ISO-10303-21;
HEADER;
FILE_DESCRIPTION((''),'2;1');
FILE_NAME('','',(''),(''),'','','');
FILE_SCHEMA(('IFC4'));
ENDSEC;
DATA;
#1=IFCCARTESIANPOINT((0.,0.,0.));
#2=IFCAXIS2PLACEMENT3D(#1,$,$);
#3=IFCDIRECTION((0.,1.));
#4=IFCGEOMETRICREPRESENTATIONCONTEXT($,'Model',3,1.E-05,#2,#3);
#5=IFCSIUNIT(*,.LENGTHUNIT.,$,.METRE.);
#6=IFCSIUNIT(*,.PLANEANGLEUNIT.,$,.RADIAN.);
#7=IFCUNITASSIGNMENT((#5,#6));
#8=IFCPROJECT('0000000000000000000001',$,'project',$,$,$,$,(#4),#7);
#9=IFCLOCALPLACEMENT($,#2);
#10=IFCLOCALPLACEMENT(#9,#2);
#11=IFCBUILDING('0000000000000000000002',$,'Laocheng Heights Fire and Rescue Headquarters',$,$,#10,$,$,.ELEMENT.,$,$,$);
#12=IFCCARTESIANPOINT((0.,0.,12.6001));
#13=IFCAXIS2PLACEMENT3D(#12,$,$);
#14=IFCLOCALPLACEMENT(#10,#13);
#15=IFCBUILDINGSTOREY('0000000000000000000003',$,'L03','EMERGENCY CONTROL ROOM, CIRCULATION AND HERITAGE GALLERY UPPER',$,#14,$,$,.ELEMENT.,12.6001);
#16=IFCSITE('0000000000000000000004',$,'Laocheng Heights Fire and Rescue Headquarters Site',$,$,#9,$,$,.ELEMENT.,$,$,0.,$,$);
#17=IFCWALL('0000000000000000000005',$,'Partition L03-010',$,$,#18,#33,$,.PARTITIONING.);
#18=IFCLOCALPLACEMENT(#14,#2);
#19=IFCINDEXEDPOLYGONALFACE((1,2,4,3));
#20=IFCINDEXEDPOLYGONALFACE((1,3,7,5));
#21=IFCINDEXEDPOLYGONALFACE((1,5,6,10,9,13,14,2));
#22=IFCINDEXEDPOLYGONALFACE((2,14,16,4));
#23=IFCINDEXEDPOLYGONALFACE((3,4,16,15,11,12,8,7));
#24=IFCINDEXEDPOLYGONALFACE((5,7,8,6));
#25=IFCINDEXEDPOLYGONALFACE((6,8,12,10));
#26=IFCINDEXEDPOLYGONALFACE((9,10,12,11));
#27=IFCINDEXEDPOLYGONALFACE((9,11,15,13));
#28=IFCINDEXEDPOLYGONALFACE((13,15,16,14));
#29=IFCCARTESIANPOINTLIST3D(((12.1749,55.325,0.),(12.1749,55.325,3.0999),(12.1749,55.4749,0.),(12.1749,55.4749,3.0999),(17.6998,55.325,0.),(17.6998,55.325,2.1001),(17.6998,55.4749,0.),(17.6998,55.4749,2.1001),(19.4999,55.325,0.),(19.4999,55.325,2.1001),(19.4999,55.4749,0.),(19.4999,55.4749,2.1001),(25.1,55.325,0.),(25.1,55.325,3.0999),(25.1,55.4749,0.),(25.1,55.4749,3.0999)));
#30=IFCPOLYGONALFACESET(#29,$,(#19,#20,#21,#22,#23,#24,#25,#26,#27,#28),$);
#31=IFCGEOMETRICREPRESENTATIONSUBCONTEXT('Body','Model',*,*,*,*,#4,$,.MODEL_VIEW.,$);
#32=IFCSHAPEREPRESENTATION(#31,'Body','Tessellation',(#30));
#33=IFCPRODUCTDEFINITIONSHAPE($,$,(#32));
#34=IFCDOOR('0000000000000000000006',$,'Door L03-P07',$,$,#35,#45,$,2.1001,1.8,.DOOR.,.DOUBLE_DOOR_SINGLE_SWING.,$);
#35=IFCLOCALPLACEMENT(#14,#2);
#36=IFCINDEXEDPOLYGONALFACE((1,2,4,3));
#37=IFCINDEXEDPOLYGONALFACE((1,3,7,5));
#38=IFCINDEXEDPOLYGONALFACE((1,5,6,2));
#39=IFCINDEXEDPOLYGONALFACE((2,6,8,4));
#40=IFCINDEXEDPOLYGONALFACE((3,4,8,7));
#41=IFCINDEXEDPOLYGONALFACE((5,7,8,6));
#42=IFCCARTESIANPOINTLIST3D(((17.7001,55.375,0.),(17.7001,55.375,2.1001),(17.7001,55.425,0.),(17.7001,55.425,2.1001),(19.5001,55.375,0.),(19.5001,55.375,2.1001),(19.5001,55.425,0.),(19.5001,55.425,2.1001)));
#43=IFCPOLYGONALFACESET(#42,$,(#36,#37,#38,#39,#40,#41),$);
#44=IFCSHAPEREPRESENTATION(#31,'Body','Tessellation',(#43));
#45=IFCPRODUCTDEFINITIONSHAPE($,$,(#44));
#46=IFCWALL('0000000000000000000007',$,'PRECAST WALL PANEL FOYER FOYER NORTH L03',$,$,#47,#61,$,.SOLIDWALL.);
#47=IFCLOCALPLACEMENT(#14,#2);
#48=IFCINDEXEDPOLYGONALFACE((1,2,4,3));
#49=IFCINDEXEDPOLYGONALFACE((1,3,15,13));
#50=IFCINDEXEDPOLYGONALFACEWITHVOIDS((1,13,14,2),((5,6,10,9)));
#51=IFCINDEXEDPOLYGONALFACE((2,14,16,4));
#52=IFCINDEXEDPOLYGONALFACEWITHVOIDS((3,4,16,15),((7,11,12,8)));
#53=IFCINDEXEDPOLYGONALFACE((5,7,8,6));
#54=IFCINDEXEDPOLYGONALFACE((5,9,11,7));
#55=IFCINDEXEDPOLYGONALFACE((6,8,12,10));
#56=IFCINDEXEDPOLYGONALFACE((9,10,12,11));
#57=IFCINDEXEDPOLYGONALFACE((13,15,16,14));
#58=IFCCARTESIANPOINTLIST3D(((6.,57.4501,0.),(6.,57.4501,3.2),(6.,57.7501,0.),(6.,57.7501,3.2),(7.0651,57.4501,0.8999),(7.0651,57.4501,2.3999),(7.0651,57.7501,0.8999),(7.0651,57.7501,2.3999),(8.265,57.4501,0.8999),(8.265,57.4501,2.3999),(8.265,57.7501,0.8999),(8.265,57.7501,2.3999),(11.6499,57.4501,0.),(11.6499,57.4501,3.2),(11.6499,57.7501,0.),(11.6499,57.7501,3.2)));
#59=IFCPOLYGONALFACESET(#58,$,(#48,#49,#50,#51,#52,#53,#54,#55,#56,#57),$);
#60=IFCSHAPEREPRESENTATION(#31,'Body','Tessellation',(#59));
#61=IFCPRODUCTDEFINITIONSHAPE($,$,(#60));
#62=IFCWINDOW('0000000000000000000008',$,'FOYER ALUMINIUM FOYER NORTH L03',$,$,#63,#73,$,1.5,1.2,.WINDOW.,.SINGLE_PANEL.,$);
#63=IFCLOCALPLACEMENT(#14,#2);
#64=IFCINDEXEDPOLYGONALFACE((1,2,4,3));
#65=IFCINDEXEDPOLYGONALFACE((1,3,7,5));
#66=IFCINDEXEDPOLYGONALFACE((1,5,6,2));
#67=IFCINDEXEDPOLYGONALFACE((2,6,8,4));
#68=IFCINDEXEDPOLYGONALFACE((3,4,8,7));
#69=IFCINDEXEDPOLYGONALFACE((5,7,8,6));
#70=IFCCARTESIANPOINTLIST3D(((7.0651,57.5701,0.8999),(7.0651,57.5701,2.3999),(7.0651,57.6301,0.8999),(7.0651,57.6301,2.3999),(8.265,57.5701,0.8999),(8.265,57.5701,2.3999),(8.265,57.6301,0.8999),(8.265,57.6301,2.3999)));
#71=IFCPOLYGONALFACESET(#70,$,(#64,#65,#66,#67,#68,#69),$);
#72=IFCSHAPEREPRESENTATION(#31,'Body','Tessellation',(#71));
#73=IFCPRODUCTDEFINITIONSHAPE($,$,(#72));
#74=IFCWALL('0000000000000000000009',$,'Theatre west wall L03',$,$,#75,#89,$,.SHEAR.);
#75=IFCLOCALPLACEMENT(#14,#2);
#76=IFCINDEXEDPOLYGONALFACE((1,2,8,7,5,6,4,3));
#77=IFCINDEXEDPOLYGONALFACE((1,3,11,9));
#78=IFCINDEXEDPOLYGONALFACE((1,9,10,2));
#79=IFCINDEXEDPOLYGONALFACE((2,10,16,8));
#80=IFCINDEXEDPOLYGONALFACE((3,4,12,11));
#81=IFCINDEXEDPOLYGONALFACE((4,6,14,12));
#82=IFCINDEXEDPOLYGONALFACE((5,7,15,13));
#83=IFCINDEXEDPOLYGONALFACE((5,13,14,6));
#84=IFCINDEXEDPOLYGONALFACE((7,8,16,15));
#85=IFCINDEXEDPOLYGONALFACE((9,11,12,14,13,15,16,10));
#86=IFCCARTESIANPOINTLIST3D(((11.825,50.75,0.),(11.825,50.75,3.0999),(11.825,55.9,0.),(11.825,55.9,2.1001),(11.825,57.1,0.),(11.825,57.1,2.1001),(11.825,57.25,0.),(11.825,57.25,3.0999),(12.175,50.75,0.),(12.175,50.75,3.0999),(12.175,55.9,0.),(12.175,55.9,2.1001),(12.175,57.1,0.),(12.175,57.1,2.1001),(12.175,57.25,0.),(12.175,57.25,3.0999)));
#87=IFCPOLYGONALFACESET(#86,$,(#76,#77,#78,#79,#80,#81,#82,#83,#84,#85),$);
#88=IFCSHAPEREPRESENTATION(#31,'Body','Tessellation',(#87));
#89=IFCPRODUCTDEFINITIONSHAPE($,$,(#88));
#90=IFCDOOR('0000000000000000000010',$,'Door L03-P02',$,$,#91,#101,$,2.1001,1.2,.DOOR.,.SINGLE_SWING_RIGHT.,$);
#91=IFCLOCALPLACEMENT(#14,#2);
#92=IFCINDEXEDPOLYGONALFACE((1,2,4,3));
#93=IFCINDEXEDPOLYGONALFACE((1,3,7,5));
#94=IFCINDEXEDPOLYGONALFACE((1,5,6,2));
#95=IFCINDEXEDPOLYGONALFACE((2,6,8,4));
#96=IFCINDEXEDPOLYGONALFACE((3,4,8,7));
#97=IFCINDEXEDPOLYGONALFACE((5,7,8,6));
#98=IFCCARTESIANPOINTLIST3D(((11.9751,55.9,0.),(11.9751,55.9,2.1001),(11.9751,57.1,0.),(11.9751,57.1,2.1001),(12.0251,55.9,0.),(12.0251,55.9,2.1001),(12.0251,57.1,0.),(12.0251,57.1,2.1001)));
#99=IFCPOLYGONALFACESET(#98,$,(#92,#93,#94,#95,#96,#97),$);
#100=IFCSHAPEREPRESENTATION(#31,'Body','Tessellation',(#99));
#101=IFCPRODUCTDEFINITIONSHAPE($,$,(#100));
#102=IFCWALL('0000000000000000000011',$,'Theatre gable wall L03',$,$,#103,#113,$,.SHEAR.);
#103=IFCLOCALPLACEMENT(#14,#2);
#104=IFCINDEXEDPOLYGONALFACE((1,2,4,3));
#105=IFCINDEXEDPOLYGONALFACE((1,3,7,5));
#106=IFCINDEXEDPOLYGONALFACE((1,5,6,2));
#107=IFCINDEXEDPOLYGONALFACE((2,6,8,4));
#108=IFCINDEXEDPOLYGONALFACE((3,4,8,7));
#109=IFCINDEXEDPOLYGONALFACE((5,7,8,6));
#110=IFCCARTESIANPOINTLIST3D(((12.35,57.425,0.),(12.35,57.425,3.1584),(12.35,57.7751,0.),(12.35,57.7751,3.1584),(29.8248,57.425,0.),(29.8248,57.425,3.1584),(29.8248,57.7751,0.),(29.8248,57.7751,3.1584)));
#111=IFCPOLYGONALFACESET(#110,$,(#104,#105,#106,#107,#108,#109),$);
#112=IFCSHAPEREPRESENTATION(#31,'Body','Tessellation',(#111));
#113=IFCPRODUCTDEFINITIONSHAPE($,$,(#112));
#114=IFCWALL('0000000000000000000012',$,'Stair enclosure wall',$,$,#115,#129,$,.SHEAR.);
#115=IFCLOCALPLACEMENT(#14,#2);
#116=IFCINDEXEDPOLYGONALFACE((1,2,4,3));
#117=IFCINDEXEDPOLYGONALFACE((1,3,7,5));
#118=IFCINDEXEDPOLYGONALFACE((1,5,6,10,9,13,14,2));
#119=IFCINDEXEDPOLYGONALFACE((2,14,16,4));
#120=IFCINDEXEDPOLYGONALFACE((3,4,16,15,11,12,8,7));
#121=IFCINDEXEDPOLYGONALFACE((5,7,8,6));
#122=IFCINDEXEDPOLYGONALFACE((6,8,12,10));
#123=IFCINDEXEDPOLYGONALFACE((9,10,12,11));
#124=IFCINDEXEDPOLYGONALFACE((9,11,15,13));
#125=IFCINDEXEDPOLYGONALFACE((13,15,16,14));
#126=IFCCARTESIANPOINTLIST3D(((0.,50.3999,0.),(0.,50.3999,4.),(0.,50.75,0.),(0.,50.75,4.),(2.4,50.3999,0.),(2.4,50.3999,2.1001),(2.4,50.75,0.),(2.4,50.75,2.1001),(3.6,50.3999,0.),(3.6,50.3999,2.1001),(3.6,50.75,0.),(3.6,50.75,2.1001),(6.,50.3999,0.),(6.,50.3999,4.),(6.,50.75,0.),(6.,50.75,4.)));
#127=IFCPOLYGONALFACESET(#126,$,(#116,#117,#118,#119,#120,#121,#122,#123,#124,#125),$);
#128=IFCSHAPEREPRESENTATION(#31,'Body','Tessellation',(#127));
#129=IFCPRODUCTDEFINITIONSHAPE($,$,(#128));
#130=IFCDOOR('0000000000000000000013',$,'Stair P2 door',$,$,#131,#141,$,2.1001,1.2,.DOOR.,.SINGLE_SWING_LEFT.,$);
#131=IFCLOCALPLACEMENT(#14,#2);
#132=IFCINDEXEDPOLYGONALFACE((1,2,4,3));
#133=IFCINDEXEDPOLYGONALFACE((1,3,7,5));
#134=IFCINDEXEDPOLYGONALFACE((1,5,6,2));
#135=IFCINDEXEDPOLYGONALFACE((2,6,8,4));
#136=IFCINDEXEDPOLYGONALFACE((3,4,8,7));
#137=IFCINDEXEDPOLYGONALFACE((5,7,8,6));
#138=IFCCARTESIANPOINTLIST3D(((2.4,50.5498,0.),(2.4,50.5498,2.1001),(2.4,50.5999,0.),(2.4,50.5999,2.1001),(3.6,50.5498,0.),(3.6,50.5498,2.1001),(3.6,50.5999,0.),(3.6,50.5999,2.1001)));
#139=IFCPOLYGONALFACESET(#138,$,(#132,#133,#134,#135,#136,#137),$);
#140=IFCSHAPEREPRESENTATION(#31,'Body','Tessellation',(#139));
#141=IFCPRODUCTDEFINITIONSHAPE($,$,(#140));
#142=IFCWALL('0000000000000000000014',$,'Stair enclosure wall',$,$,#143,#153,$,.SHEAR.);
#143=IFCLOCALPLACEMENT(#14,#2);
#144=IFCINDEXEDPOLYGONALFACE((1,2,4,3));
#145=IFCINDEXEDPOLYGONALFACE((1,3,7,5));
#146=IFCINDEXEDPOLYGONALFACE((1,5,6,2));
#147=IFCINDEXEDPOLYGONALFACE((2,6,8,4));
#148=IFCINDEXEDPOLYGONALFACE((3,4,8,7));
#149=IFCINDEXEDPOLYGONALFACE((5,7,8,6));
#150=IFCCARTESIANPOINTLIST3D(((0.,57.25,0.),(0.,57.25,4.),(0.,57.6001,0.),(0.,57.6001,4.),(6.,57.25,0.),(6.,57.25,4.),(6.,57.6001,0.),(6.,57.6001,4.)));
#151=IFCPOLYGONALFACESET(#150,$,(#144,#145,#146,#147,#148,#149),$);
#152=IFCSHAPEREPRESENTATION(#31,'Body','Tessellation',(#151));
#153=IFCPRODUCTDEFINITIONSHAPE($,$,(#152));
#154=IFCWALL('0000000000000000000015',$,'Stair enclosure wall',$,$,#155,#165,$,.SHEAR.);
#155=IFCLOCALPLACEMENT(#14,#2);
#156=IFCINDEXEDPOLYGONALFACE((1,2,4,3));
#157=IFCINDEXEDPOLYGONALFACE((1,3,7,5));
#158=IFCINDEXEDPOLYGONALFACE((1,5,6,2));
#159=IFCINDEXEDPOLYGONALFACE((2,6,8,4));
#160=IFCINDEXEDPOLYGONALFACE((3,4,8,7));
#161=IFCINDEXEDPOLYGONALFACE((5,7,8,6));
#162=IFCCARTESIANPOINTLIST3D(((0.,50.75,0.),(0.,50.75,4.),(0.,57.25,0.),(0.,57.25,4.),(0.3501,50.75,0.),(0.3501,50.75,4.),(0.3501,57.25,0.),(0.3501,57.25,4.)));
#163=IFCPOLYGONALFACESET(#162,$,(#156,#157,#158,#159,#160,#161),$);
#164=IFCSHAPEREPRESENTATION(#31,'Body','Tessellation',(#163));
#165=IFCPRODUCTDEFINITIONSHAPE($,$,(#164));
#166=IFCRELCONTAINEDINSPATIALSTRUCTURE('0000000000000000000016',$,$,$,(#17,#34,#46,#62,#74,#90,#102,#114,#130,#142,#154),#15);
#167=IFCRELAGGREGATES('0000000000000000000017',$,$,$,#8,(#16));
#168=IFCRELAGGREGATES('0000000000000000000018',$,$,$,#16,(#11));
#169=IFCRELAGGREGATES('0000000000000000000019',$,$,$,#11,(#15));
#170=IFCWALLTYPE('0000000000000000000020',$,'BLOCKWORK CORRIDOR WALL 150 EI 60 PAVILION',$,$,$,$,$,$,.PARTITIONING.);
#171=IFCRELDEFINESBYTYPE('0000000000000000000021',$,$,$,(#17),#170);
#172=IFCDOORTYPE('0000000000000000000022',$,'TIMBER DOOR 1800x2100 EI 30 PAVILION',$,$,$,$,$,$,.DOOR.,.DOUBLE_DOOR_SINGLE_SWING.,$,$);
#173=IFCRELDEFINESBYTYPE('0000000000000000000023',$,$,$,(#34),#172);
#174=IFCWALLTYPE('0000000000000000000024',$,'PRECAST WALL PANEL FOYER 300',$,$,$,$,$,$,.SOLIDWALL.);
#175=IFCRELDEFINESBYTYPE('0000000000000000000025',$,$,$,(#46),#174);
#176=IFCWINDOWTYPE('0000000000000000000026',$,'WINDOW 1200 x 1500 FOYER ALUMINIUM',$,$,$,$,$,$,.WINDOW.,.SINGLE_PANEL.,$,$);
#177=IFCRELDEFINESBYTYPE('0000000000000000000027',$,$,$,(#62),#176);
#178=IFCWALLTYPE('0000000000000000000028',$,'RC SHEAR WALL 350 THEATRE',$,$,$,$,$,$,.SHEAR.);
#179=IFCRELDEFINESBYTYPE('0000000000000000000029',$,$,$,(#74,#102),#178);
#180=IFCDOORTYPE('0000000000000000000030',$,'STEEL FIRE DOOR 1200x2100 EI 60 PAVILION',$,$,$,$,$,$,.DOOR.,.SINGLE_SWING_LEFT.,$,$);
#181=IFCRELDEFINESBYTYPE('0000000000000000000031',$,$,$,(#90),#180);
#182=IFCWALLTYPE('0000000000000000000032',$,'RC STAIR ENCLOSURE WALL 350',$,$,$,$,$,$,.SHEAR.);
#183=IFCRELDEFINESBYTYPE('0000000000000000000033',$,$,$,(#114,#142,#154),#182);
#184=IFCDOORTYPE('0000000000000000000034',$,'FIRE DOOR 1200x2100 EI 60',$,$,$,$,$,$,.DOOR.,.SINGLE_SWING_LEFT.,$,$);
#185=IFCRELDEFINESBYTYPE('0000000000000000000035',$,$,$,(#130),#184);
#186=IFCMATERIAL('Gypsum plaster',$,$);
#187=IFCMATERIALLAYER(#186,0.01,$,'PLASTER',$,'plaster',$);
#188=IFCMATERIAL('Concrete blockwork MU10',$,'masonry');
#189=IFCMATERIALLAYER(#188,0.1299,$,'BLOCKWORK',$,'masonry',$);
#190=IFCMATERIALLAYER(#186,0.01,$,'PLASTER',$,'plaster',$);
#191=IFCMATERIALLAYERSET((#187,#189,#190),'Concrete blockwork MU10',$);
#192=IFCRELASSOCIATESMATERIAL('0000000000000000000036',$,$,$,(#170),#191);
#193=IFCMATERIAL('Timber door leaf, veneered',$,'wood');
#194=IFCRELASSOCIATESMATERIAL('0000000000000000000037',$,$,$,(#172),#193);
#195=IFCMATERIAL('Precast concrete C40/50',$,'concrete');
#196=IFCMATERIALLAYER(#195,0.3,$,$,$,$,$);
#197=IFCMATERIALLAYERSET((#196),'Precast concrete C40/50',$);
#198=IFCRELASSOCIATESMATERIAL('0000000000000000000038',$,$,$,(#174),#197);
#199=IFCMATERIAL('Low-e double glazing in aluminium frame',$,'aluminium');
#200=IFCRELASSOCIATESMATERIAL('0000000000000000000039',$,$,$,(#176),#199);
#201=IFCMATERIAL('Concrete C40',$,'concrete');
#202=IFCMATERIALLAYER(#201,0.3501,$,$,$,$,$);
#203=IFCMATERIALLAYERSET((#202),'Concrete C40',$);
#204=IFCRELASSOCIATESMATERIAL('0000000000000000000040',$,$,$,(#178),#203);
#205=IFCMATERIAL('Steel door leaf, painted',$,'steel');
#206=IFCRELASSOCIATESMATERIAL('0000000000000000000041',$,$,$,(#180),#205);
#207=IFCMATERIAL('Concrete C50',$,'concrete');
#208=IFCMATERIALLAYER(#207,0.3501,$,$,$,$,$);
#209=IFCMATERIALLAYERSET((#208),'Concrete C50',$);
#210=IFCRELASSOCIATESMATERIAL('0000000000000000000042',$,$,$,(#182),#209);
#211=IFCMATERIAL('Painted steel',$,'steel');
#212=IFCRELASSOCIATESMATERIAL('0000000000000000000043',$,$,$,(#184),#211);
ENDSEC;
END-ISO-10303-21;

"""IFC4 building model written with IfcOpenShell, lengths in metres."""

from ifc_helpers import new_model, si_unit, direction, frame, frame_2d, origin, place, context, subcontext, project, spatial, rectangle, extrude, material, layer, layer_set, type_object, element, fill, save


model = new_model("IFC4")

# Units and contexts
model_context = context("Model", 3, precision=1e-05, world=origin(), true_north=direction((0.0, 1.0)))
body_context = subcontext(model_context, "Body", "Model", "MODEL_VIEW")
ifc_project = project(units=[si_unit("LENGTHUNIT", "METRE"), si_unit("PLANEANGLEUNIT", "RADIAN")], contexts=[model_context])

# Site, building, storey
site_placement = place(None, origin())
site = spatial("IfcSite", under=ifc_project, at=site_placement, Name="Laocheng Heights Fire and Rescue Headquarters Site", CompositionType="ELEMENT", RefElevation=0.0)
building_placement = place(site_placement, origin())
building = spatial("IfcBuilding", under=site, at=building_placement, Name="Laocheng Heights Fire and Rescue Headquarters", CompositionType="ELEMENT")
storey_placement = place(building_placement, frame((0.0, 0.0, 12.6001)))
storey = spatial("IfcBuildingStorey", under=building, at=storey_placement, Name="L03", Description="EMERGENCY CONTROL ROOM, CIRCULATION AND HERITAGE GALLERY UPPER", CompositionType="ELEMENT", Elevation=12.6001)

# Shared definitions
ifc_material_1 = material(Name="Gypsum plaster")
ifc_layer_1 = layer(ifc_material_1, 0.01, Name="PLASTER", Category="plaster")
ifc_material_2 = material(Name="Concrete blockwork MU10", Category="masonry")
ifc_layer_2 = layer(ifc_material_2, 0.1299, Name="BLOCKWORK", Category="masonry")
ifc_layer_3 = layer(ifc_material_1, 0.01, Name="PLASTER", Category="plaster")
ifc_layer_set_1 = layer_set([ifc_layer_1, ifc_layer_2, ifc_layer_3], Name="Concrete blockwork MU10")
wall_type_1 = type_object("IfcWallType", Name="BLOCKWORK CORRIDOR WALL 150 EI 60 PAVILION", PredefinedType="PARTITIONING", material=ifc_layer_set_1)

# Wall, opening, door
wall_1_placement = place(storey_placement, frame((12.175, 55.3999, 0.0), z_axis=(0.0, 0.0, 1.0), x_axis=(1.0, 0.0, 0.0)))
wall_1 = element("IfcWall", 1, at=wall_1_placement, inside=storey, type_object=wall_type_1, Name="Partition L03-010", PredefinedType="PARTITIONING", context=body_context, shape_type="SweptSolid", body=[
    extrude(rectangle(XDim=12.925, YDim=0.1499, at=frame_2d((6.4624, 0.0))), origin(), (0.0, 0.0, 1.0), 3.0999),
])
opening_1_placement = place(wall_1_placement, frame((5.5249, 0.0, 0.0)))
opening_1 = element("IfcOpeningElement", 2, at=opening_1_placement, cuts=wall_1, PredefinedType="OPENING", context=body_context, shape_type="SweptSolid", body=[
    extrude(rectangle(XDim=1.8, YDim=2.1001, at=frame_2d((0.8999, 1.05))), frame((0.0, 0.085, 0.0), z_axis=(0.0, -1.0, 0.0), x_axis=(1.0, 0.0, 0.0)), (0.0, 0.0, 1.0), 0.1699),
])
ifc_material_3 = material(Name="Timber door leaf, veneered", Category="wood")
door_type_1 = type_object("IfcDoorType", Name="TIMBER DOOR 1800x2100 EI 30 PAVILION", OperationType="DOUBLE_DOOR_SINGLE_SWING", PredefinedType="DOOR", material=ifc_material_3)
door_1_placement = place(opening_1_placement, frame((1.8, 0.0, 0.0), z_axis=(0.0, 0.0, 1.0), x_axis=(-1.0, 0.0, 0.0)))
door_1 = element("IfcDoor", 3, at=door_1_placement, inside=storey, type_object=door_type_1, Name="Door L03-P07", OperationType="DOUBLE_DOOR_SINGLE_SWING", OverallHeight=2.1001, OverallWidth=1.8, PredefinedType="DOOR", context=body_context, shape_type="SweptSolid", body=[
    extrude(rectangle(XDim=1.8, YDim=2.1001, at=frame_2d((0.8999, 1.05))), frame((0.0, 0.0249, 0.0), z_axis=(0.0, -1.0, 0.0), x_axis=(1.0, 0.0, 0.0)), (0.0, 0.0, 1.0), 0.05),
])
fill(opening_1, door_1)

# Wall, opening, window
ifc_material_4 = material(Name="Precast concrete C40/50", Category="concrete")
ifc_layer_4 = layer(ifc_material_4, 0.3)
ifc_layer_set_2 = layer_set([ifc_layer_4], Name="Precast concrete C40/50")
wall_type_2 = type_object("IfcWallType", Name="PRECAST WALL PANEL FOYER 300", PredefinedType="SOLIDWALL", material=ifc_layer_set_2)
wall_2_placement = place(storey_placement, frame((6.0, 57.6001, 0.0), z_axis=(0.0, 0.0, 1.0), x_axis=(1.0, 0.0, 0.0)))
wall_2 = element("IfcWall", 4, at=wall_2_placement, inside=storey, type_object=wall_type_2, Name="PRECAST WALL PANEL FOYER FOYER NORTH L03", PredefinedType="SOLIDWALL", context=body_context, shape_type="SweptSolid", body=[
    extrude(rectangle(XDim=5.6499, YDim=0.3, at=frame_2d((2.825, 0.0))), origin(), (0.0, 0.0, 1.0), 3.2),
])
opening_2_placement = place(wall_2_placement, frame((1.0649, 0.0, 0.8999)))
opening_2 = element("IfcOpeningElement", 5, at=opening_2_placement, cuts=wall_2, PredefinedType="OPENING", context=body_context, shape_type="SweptSolid", body=[
    extrude(rectangle(XDim=1.2, YDim=1.5, at=frame_2d((0.6001, 0.75))), frame((0.0, 0.1599, 0.0), z_axis=(0.0, -1.0, 0.0), x_axis=(1.0, 0.0, 0.0)), (0.0, 0.0, 1.0), 0.3201),
])
ifc_material_5 = material(Name="Low-e double glazing in aluminium frame", Category="aluminium")
window_type = type_object("IfcWindowType", Name="WINDOW 1200 x 1500 FOYER ALUMINIUM", PartitioningType="SINGLE_PANEL", PredefinedType="WINDOW", material=ifc_material_5)
window_placement = place(opening_2_placement, origin())
window = element("IfcWindow", 6, at=window_placement, inside=storey, type_object=window_type, Name="FOYER ALUMINIUM FOYER NORTH L03", OverallHeight=1.5, OverallWidth=1.2, PartitioningType="SINGLE_PANEL", PredefinedType="WINDOW", context=body_context, shape_type="SweptSolid", body=[
    extrude(rectangle(XDim=1.2, YDim=1.5, at=frame_2d((0.6001, 0.75))), frame((0.0, 0.03, 0.0), z_axis=(0.0, -1.0, 0.0), x_axis=(1.0, 0.0, 0.0)), (0.0, 0.0, 1.0), 0.0601),
])
fill(opening_2, window)

# Wall, opening, door
ifc_material_6 = material(Name="Concrete C40", Category="concrete")
ifc_layer_5 = layer(ifc_material_6, 0.3501)
ifc_layer_set_3 = layer_set([ifc_layer_5], Name="Concrete C40")
wall_type_3 = type_object("IfcWallType", Name="RC SHEAR WALL 350 THEATRE", PredefinedType="SHEAR", material=ifc_layer_set_3)
wall_3_placement = place(storey_placement, frame((12.0, 50.75, 0.0), z_axis=(0.0, 0.0, 1.0), x_axis=(0.0, 1.0, 0.0)))
wall_3 = element("IfcWall", 7, at=wall_3_placement, inside=storey, type_object=wall_type_3, Name="Theatre west wall L03", PredefinedType="SHEAR", context=body_context, shape_type="SweptSolid", body=[
    extrude(rectangle(XDim=6.5, YDim=0.3501, at=frame_2d((3.25, 0.0))), origin(), (0.0, 0.0, 1.0), 3.0999),
])
opening_3_placement = place(wall_3_placement, frame((5.1499, 0.0, 0.0)))
opening_3 = element("IfcOpeningElement", 8, at=opening_3_placement, cuts=wall_3, PredefinedType="OPENING", context=body_context, shape_type="SweptSolid", body=[
    extrude(rectangle(XDim=1.2, YDim=2.1001, at=frame_2d((0.6001, 1.05))), frame((0.0, 0.1851, 0.0), z_axis=(0.0, -1.0, 0.0), x_axis=(1.0, 0.0, 0.0)), (0.0, 0.0, 1.0), 0.3701),
])
ifc_material_7 = material(Name="Steel door leaf, painted", Category="steel")
door_type_2 = type_object("IfcDoorType", Name="STEEL FIRE DOOR 1200x2100 EI 60 PAVILION", OperationType="SINGLE_SWING_LEFT", PredefinedType="DOOR", material=ifc_material_7)
door_2_placement = place(opening_3_placement, origin())
door_2 = element("IfcDoor", 9, at=door_2_placement, inside=storey, type_object=door_type_2, Name="Door L03-P02", OperationType="SINGLE_SWING_RIGHT", OverallHeight=2.1001, OverallWidth=1.2, PredefinedType="DOOR", context=body_context, shape_type="SweptSolid", body=[
    extrude(rectangle(XDim=1.2, YDim=2.1001, at=frame_2d((0.6001, 1.05))), frame((0.0, 0.0249, 0.0), z_axis=(0.0, -1.0, 0.0), x_axis=(1.0, 0.0, 0.0)), (0.0, 0.0, 1.0), 0.05),
])
fill(opening_3, door_2)

# Wall
wall_4_placement = place(storey_placement, frame((12.3501, 57.6001, 0.0), z_axis=(0.0, 0.0, 1.0), x_axis=(1.0, 0.0, 0.0)))
element("IfcWall", 10, at=wall_4_placement, inside=storey, type_object=wall_type_3, Name="Theatre gable wall L03", PredefinedType="SHEAR", context=body_context, shape_type="SweptSolid", body=[
    extrude(rectangle(XDim=17.4749, YDim=0.3501, at=frame_2d((8.7373, 0.0))), origin(), (0.0, 0.0, 1.0), 3.1584),
])

# Wall, opening, door
ifc_material_8 = material(Name="Concrete C50", Category="concrete")
ifc_layer_6 = layer(ifc_material_8, 0.3501)
ifc_layer_set_4 = layer_set([ifc_layer_6], Name="Concrete C50")
wall_type_4 = type_object("IfcWallType", Name="RC STAIR ENCLOSURE WALL 350", PredefinedType="SHEAR", material=ifc_layer_set_4)
wall_5_placement = place(storey_placement, frame((0.0, 50.575, 0.0), z_axis=(0.0, 0.0, 1.0), x_axis=(1.0, 0.0, 0.0)))
wall_5 = element("IfcWall", 11, at=wall_5_placement, inside=storey, type_object=wall_type_4, Name="Stair enclosure wall", PredefinedType="SHEAR", context=body_context, shape_type="SweptSolid", body=[
    extrude(rectangle(XDim=6.0, YDim=0.3501, at=frame_2d((3.0, 0.0))), origin(), (0.0, 0.0, 1.0), 4.0),
])
opening_4_placement = place(wall_5_placement, frame((2.3999, 0.0, 0.0)))
opening_4 = element("IfcOpeningElement", 12, at=opening_4_placement, cuts=wall_5, PredefinedType="OPENING", context=body_context, shape_type="SweptSolid", body=[
    extrude(rectangle(XDim=1.2, YDim=2.1001, at=frame_2d((0.6001, 1.05))), frame((0.0, 0.1851, 0.0), z_axis=(0.0, -1.0, 0.0), x_axis=(1.0, 0.0, 0.0)), (0.0, 0.0, 1.0), 0.3701),
])
ifc_material_9 = material(Name="Painted steel", Category="steel")
door_type_3 = type_object("IfcDoorType", Name="FIRE DOOR 1200x2100 EI 60", OperationType="SINGLE_SWING_LEFT", PredefinedType="DOOR", material=ifc_material_9)
door_3_placement = place(opening_4_placement, origin())
door_3 = element("IfcDoor", 13, at=door_3_placement, inside=storey, type_object=door_type_3, Name="Stair P2 door", OperationType="SINGLE_SWING_LEFT", OverallHeight=2.1001, OverallWidth=1.2, PredefinedType="DOOR", context=body_context, shape_type="SweptSolid", body=[
    extrude(rectangle(XDim=1.2, YDim=2.1001, at=frame_2d((0.6001, 1.05))), frame((0.0, 0.0249, 0.0), z_axis=(0.0, -1.0, 0.0), x_axis=(1.0, 0.0, 0.0)), (0.0, 0.0, 1.0), 0.05),
])
fill(opening_4, door_3)

# Walls
wall_6_placement = place(storey_placement, frame((0.0, 57.425, 0.0), z_axis=(0.0, 0.0, 1.0), x_axis=(1.0, 0.0, 0.0)))
element("IfcWall", 14, at=wall_6_placement, inside=storey, type_object=wall_type_4, Name="Stair enclosure wall", PredefinedType="SHEAR", context=body_context, shape_type="SweptSolid", body=[
    extrude(rectangle(XDim=6.0, YDim=0.3501, at=frame_2d((3.0, 0.0))), origin(), (0.0, 0.0, 1.0), 4.0),
])
for number, where, z_axis, x_axis, name in (
    (15, (0.175, 50.75, 0.0), (0.0, 0.0, 1.0), (0.0, 1.0, 0.0), "Stair enclosure wall"),
):
    element("IfcWall", number, at=place(storey_placement, frame(where, z_axis=z_axis, x_axis=x_axis)), inside=storey, type_object=wall_type_4, Name=name, PredefinedType="SHEAR", context=body_context, shape_type="SweptSolid", body=[
        extrude(rectangle(XDim=6.5, YDim=0.3501, at=frame_2d((3.25, 0.0))), origin(), (0.0, 0.0, 1.0), 4.0),
    ])

save(model, "model.ifc")
